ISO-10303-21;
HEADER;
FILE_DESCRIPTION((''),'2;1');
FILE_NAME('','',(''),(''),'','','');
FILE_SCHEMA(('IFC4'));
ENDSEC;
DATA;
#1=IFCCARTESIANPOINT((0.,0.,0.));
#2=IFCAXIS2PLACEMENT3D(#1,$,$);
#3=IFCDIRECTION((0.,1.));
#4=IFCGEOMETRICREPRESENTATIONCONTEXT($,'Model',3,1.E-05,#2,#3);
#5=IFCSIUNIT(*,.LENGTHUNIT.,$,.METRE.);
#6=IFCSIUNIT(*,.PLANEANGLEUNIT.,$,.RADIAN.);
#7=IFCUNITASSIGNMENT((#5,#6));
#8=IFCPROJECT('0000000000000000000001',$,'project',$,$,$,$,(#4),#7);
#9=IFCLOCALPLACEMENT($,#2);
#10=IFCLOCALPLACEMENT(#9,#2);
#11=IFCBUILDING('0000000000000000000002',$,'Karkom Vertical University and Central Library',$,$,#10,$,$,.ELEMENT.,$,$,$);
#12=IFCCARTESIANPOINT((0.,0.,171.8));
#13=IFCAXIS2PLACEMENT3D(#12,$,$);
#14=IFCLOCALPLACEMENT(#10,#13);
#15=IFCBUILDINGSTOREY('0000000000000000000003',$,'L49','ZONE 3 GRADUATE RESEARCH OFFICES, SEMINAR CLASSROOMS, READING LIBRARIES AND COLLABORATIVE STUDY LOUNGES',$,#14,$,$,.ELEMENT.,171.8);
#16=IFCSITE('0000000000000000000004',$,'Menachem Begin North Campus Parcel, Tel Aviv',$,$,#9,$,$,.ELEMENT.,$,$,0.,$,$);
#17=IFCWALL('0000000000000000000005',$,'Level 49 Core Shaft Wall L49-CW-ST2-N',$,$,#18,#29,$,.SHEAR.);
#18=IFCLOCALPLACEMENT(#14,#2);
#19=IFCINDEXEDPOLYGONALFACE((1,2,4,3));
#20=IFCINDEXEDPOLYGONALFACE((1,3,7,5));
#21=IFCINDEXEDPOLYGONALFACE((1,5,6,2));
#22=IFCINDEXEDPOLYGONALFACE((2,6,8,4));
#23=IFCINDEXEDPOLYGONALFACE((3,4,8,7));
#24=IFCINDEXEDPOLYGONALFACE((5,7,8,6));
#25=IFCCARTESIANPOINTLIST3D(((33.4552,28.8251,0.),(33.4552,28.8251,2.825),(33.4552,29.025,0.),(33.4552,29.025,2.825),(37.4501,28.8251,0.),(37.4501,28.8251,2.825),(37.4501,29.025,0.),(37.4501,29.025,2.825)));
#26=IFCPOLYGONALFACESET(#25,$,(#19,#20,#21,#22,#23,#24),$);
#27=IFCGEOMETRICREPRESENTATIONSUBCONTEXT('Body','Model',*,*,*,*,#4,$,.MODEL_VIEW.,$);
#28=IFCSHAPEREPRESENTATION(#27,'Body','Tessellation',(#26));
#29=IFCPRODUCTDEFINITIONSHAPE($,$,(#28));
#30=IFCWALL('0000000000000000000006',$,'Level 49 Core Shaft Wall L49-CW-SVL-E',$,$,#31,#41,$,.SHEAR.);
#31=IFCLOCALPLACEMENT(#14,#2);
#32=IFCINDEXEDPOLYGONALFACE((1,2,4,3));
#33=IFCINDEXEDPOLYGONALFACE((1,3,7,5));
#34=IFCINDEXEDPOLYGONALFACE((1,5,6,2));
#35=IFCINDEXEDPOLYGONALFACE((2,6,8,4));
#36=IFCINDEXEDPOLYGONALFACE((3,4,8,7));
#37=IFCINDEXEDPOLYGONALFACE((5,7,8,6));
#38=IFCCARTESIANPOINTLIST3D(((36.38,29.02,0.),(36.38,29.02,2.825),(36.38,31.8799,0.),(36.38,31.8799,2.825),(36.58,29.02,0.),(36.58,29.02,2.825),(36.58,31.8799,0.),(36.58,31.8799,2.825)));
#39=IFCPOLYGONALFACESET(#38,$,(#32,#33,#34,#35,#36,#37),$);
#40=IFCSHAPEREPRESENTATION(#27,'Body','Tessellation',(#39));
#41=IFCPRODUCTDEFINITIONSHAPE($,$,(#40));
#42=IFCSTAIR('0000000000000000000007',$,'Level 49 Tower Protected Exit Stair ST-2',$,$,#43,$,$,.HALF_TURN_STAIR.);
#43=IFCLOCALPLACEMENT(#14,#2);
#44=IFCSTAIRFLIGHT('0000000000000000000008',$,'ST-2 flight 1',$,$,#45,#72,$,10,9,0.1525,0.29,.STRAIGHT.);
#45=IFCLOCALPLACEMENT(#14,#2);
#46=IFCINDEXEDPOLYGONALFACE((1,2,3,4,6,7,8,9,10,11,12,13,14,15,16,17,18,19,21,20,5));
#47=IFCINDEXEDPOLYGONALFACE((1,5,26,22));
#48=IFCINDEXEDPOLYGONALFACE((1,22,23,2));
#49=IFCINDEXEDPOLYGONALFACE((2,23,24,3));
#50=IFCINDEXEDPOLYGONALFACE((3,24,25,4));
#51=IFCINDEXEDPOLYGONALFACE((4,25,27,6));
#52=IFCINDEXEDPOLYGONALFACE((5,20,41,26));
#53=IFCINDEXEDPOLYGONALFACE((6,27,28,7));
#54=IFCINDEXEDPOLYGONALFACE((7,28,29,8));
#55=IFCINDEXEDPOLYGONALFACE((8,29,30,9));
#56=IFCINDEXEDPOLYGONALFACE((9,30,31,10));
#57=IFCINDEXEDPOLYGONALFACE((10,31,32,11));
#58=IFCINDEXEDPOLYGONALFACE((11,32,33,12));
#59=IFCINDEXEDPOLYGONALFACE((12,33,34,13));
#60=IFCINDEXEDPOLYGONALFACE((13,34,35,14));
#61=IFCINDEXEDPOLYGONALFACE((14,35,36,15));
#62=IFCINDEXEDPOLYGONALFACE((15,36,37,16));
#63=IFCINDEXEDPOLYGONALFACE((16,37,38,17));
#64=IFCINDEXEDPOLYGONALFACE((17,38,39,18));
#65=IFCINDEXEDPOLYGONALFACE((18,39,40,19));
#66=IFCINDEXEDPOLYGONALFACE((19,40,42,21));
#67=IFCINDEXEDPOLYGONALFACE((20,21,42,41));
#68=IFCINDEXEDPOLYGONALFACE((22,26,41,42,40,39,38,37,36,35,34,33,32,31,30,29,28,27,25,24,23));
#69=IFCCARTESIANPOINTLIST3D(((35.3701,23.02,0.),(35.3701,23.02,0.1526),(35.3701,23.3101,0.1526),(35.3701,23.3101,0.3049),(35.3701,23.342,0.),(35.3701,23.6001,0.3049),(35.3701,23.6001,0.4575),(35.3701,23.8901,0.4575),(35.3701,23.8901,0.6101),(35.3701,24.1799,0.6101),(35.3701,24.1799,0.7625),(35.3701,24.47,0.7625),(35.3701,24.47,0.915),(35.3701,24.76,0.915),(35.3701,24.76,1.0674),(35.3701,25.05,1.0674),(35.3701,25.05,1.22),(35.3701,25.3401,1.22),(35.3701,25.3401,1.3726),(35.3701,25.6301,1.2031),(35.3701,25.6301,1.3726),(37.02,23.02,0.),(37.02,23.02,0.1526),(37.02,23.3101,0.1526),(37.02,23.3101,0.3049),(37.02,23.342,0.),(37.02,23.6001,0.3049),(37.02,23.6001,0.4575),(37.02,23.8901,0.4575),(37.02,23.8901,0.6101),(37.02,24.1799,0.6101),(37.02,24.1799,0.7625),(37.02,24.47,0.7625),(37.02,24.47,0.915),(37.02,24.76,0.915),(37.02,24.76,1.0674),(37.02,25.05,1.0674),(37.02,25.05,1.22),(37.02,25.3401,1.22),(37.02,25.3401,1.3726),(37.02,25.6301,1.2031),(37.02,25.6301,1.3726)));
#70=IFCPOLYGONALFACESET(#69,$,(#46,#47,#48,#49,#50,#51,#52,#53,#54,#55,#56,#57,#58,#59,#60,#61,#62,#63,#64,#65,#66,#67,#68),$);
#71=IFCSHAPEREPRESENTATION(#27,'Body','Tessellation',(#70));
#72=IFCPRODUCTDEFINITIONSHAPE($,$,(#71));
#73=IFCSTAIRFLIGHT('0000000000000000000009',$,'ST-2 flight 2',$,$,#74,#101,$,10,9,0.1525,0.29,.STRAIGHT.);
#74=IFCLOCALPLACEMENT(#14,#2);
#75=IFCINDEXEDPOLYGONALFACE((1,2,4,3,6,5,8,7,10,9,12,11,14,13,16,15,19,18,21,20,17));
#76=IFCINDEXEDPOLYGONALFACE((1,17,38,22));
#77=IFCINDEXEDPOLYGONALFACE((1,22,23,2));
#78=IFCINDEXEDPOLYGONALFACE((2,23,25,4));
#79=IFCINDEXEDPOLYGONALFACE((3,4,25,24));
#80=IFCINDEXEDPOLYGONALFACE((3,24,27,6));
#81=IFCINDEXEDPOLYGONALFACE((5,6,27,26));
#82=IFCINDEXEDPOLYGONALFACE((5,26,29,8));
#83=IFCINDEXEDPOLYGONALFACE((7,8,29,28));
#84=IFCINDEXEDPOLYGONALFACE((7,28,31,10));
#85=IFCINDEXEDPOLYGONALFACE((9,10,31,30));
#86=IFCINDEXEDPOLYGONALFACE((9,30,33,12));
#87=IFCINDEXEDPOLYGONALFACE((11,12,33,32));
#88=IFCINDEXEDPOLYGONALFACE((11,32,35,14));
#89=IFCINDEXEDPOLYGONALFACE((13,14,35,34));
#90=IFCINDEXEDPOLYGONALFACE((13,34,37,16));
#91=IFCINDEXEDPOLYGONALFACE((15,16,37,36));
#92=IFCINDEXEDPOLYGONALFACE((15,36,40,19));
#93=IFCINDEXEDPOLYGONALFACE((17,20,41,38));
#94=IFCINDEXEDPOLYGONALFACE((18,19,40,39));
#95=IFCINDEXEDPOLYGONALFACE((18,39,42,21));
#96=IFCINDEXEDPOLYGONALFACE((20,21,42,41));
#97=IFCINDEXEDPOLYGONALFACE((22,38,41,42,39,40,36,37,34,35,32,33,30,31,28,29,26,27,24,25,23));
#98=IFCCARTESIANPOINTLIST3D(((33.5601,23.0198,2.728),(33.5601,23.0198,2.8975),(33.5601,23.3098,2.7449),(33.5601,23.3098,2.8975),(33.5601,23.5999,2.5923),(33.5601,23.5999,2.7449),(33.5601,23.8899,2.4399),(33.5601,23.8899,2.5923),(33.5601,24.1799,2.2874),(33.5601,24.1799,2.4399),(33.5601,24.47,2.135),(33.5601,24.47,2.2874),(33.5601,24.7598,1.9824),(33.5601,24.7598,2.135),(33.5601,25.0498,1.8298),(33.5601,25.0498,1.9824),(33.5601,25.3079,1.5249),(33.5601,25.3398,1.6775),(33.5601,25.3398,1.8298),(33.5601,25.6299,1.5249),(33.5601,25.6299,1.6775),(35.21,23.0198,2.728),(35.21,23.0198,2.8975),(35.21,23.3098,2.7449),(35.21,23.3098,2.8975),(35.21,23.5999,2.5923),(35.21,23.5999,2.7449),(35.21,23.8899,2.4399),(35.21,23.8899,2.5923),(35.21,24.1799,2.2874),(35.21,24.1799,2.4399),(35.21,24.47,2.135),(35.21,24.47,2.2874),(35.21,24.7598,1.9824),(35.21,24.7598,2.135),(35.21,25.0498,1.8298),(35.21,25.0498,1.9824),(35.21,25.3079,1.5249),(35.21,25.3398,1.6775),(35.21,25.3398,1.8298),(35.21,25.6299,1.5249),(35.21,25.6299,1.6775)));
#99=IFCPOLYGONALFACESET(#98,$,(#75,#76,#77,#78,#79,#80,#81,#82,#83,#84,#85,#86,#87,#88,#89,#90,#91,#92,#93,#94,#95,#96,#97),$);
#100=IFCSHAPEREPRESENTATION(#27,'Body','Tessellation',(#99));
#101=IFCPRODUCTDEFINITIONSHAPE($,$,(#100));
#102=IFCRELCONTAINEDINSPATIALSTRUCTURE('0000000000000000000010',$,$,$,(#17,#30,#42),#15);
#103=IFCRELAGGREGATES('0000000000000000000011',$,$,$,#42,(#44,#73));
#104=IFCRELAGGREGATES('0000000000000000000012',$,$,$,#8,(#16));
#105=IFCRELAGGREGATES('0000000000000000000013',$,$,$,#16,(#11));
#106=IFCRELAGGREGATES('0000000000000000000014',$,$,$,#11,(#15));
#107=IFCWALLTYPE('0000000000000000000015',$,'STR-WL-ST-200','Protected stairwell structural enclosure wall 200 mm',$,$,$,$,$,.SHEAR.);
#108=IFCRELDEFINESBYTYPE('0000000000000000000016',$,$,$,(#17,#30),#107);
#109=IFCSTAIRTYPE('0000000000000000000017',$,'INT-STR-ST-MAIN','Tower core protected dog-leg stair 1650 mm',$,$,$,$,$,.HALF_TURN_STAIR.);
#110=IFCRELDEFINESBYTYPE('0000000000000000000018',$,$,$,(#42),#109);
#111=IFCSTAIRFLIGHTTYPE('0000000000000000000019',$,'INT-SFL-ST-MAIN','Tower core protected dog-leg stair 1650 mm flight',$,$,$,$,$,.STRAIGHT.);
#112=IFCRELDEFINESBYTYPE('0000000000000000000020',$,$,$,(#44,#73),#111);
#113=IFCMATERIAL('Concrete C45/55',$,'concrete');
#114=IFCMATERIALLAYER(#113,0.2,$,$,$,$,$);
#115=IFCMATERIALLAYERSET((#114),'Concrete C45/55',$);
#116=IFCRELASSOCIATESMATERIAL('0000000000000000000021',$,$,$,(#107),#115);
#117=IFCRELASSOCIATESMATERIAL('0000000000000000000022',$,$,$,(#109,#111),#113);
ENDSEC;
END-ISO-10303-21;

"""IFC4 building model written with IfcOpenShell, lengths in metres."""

from ifc_helpers import new_model, si_unit, direction, frame, frame_2d, origin, place, context, subcontext, project, spatial, polyline, rectangle, outline, extrude, material, layer, layer_set, type_object, element, aggregate, save


model = new_model("IFC4")

# Units and contexts
model_context = context("Model", 3, precision=1e-05, world=origin(), true_north=direction((0.0, 1.0)))
body_context = subcontext(model_context, "Body", "Model", "MODEL_VIEW")
ifc_project = project(units=[si_unit("LENGTHUNIT", "METRE"), si_unit("PLANEANGLEUNIT", "RADIAN")], contexts=[model_context])

# Site, building, storey
site_placement = place(None, origin())
site = spatial("IfcSite", under=ifc_project, at=site_placement, Name="Menachem Begin North Campus Parcel, Tel Aviv", CompositionType="ELEMENT", RefElevation=0.0)
building_placement = place(site_placement, origin())
building = spatial("IfcBuilding", under=site, at=building_placement, Name="Karkom Vertical University and Central Library", CompositionType="ELEMENT")
storey_placement = place(building_placement, frame((0.0, 0.0, 171.8)))
storey = spatial("IfcBuildingStorey", under=building, at=storey_placement, Name="L49", Description="ZONE 3 GRADUATE RESEARCH OFFICES, SEMINAR CLASSROOMS, READING LIBRARIES AND COLLABORATIVE STUDY LOUNGES", CompositionType="ELEMENT", Elevation=171.8)

# Walls
ifc_material_1 = material(Name="Concrete C45/55", Category="concrete")
ifc_layer_1 = layer(ifc_material_1, 0.2)
ifc_layer_set_1 = layer_set([ifc_layer_1], Name="Concrete C45/55")
wall_type_1 = type_object("IfcWallType", Name="STR-WL-ST-200", Description="Protected stairwell structural enclosure wall 200 mm", PredefinedType="SHEAR", material=ifc_layer_set_1)
wall_1_placement = place(storey_placement, frame((33.4551, 28.925, 0.0), z_axis=(0.0, 0.0, 1.0), x_axis=(1.0, 0.0, 0.0)))
element("IfcWall", 1, at=wall_1_placement, inside=storey, type_object=wall_type_1, Name="Level 49 Core Shaft Wall L49-CW-ST2-N", PredefinedType="SHEAR", context=body_context, shape_type="SweptSolid", body=[
    extrude(rectangle(XDim=3.9949, YDim=0.2, at=frame_2d((1.9976, 0.0))), origin(), (0.0, 0.0, 1.0), 2.825),
])
wall_2_placement = place(storey_placement, frame((36.48, 29.02, 0.0), z_axis=(0.0, 0.0, 1.0), x_axis=(0.0, 1.0, 0.0)))
element("IfcWall", 2, at=wall_2_placement, inside=storey, type_object=wall_type_1, Name="Level 49 Core Shaft Wall L49-CW-SVL-E", PredefinedType="SHEAR", context=body_context, shape_type="SweptSolid", body=[
    extrude(rectangle(XDim=2.8599, YDim=0.2, at=frame_2d((1.4299, 0.0))), origin(), (0.0, 0.0, 1.0), 2.825),
])

# Stair, stair flights
stair_type = type_object("IfcStairType", Name="INT-STR-ST-MAIN", Description="Tower core protected dog-leg stair 1650 mm", PredefinedType="HALF_TURN_STAIR", material=ifc_material_1)
stair_placement = place(storey_placement, origin())
stair = element("IfcStair", 3, at=stair_placement, inside=storey, type_object=stair_type, Name="Level 49 Tower Protected Exit Stair ST-2", PredefinedType="HALF_TURN_STAIR")
stair_flight_type = type_object("IfcStairFlightType", Name="INT-SFL-ST-MAIN", Description="Tower core protected dog-leg stair 1650 mm flight", PredefinedType="STRAIGHT", material=ifc_material_1)
stair_flight_1_placement = place(storey_placement, frame((36.1951, 23.02, 0.0), z_axis=(0.0, 0.0, 1.0), x_axis=(0.0, 1.0, 0.0)))
stair_flight_1 = element("IfcStairFlight", 4, at=stair_flight_1_placement, type_object=stair_flight_type, Name="ST-2 flight 1", NumberOfRisers=10, NumberOfTreads=9, PredefinedType="STRAIGHT", RiserHeight=0.1525, TreadLength=0.29, context=body_context, shape_type="SweptSolid", body=[
    extrude(outline(polyline([(0.0, 0.0), (0.0, 0.1526), (0.29, 0.1526), (0.29, 0.3049), (0.5801, 0.3049), (0.5801, 0.4575), (0.8701, 0.4575), (0.8701, 0.6101), (1.1599, 0.6101), (1.1599, 0.7625), (1.45, 0.7625), (1.45, 0.915), (1.74, 0.915), (1.74, 1.0674), (2.03, 1.0674), (2.03, 1.22), (2.3201, 1.22), (2.3201, 1.3726), (2.6101, 1.3726), (2.6101, 1.5249), (2.6101, 1.2031), (0.322, 0.0), (0.0, 0.0)])), frame((0.0, 0.825, 0.0), z_axis=(0.0, -1.0, 0.0), x_axis=(1.0, 0.0, 0.0)), (0.0, 0.0, 1.0), 1.6499),
])
stair_flight_2_placement = place(storey_placement, frame((34.385, 25.6299, 1.5249), z_axis=(0.0, 0.0, 1.0), x_axis=(0.0, -1.0, 0.0)))
stair_flight_2 = element("IfcStairFlight", 5, at=stair_flight_2_placement, type_object=stair_flight_type, Name="ST-2 flight 2", NumberOfRisers=10, NumberOfTreads=9, PredefinedType="STRAIGHT", RiserHeight=0.1525, TreadLength=0.29, context=body_context, shape_type="SweptSolid", body=[
    extrude(outline(polyline([(0.0, 0.0), (0.0, 0.1526), (0.29, 0.1526), (0.29, 0.3049), (0.5801, 0.3049), (0.5801, 0.4575), (0.8701, 0.4575), (0.8701, 0.6101), (1.1599, 0.6101), (1.1599, 0.7625), (1.45, 0.7625), (1.45, 0.915), (1.74, 0.915), (1.74, 1.0674), (2.03, 1.0674), (2.03, 1.22), (2.3201, 1.22), (2.3201, 1.3726), (2.6101, 1.3726), (2.6101, 1.5249), (2.6101, 1.2031), (0.322, 0.0), (0.0, 0.0)])), frame((0.0, 0.825, 0.0), z_axis=(0.0, -1.0, 0.0), x_axis=(1.0, 0.0, 0.0)), (0.0, 0.0, 1.0), 1.6499),
])
aggregate(stair, [stair_flight_1, stair_flight_2])

save(model, "model.ifc")
